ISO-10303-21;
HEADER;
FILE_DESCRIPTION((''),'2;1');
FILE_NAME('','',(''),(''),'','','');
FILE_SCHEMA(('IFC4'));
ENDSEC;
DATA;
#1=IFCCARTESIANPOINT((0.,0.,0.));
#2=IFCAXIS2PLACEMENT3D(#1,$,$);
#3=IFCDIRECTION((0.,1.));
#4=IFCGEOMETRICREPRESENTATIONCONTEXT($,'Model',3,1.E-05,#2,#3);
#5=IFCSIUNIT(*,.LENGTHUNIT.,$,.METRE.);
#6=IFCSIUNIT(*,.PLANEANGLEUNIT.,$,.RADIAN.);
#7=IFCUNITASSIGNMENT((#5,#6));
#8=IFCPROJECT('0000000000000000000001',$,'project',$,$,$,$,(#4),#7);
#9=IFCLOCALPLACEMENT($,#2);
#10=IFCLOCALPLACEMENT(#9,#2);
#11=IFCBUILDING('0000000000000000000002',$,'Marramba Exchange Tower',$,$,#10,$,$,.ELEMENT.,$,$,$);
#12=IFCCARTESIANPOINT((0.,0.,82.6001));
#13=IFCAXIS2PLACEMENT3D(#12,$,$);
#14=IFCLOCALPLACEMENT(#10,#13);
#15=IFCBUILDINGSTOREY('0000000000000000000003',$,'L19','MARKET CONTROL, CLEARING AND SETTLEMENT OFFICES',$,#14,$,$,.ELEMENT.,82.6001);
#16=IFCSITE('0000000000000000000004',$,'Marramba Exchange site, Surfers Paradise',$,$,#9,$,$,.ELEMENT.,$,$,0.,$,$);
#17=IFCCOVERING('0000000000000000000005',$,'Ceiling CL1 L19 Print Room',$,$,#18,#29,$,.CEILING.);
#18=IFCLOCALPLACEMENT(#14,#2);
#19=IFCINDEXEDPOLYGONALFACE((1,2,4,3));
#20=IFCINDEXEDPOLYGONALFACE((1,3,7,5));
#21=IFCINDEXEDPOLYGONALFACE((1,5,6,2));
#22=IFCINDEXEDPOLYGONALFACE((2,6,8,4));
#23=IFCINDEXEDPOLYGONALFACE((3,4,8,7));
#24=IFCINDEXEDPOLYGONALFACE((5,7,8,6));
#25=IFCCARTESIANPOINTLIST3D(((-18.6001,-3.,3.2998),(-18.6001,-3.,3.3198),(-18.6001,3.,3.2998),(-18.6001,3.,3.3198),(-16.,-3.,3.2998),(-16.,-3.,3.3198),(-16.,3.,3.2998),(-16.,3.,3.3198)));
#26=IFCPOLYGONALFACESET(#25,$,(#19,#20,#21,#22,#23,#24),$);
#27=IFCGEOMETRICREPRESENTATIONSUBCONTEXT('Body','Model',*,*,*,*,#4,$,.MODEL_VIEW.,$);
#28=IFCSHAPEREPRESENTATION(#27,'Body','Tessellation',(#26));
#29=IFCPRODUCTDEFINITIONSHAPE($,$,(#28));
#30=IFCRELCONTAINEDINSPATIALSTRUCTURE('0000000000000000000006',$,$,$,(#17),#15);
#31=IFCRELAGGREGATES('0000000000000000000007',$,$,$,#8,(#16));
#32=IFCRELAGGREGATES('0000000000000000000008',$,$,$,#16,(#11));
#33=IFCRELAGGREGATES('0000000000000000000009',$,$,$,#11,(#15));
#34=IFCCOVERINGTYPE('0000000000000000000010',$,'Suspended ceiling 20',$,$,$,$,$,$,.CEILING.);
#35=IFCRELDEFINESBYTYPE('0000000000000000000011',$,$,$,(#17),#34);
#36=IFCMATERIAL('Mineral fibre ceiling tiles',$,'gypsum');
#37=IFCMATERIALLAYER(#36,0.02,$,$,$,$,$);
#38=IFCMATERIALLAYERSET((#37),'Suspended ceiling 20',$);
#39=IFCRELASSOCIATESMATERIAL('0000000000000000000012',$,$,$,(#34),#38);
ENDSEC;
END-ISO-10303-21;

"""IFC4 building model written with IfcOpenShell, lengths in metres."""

from ifc_helpers import new_model, si_unit, direction, frame, origin, place, context, subcontext, project, spatial, polyline, outline, extrude, material, layer, layer_set, type_object, element, save


model = new_model("IFC4")

# Units and contexts
model_context = context("Model", 3, precision=1e-05, world=origin(), true_north=direction((0.0, 1.0)))
body_context = subcontext(model_context, "Body", "Model", "MODEL_VIEW")
ifc_project = project(units=[si_unit("LENGTHUNIT", "METRE"), si_unit("PLANEANGLEUNIT", "RADIAN")], contexts=[model_context])

# Site, building, storey
site_placement = place(None, origin())
site = spatial("IfcSite", under=ifc_project, at=site_placement, Name="Marramba Exchange site, Surfers Paradise", CompositionType="ELEMENT", RefElevation=0.0)
building_placement = place(site_placement, origin())
building = spatial("IfcBuilding", under=site, at=building_placement, Name="Marramba Exchange Tower", CompositionType="ELEMENT")
storey_placement = place(building_placement, frame((0.0, 0.0, 82.6001)))
storey = spatial("IfcBuildingStorey", under=building, at=storey_placement, Name="L19", Description="MARKET CONTROL, CLEARING AND SETTLEMENT OFFICES", CompositionType="ELEMENT", Elevation=82.6001)

# Covering
ifc_material_1 = material(Name="Mineral fibre ceiling tiles", Category="gypsum")
ifc_layer_1 = layer(ifc_material_1, 0.02)
ifc_layer_set_1 = layer_set([ifc_layer_1], Name="Suspended ceiling 20")
covering_type_1 = type_object("IfcCoveringType", Name="Suspended ceiling 20", PredefinedType="CEILING", material=ifc_layer_set_1)
covering_1_placement = place(storey_placement, frame((0.0, 0.0, 3.2998)))
element("IfcCovering", 1, at=covering_1_placement, inside=storey, type_object=covering_type_1, Name="Ceiling CL1 L19 Print Room", PredefinedType="CEILING", context=body_context, shape_type="SweptSolid", body=[
    extrude(outline(polyline([(-16.0, -3.0), (-18.6001, -3.0), (-18.6001, 3.0), (-16.0, 3.0), (-16.0, -3.0)])), origin(), (0.0, 0.0, 1.0), 0.02),
])

save(model, "model.ifc")
